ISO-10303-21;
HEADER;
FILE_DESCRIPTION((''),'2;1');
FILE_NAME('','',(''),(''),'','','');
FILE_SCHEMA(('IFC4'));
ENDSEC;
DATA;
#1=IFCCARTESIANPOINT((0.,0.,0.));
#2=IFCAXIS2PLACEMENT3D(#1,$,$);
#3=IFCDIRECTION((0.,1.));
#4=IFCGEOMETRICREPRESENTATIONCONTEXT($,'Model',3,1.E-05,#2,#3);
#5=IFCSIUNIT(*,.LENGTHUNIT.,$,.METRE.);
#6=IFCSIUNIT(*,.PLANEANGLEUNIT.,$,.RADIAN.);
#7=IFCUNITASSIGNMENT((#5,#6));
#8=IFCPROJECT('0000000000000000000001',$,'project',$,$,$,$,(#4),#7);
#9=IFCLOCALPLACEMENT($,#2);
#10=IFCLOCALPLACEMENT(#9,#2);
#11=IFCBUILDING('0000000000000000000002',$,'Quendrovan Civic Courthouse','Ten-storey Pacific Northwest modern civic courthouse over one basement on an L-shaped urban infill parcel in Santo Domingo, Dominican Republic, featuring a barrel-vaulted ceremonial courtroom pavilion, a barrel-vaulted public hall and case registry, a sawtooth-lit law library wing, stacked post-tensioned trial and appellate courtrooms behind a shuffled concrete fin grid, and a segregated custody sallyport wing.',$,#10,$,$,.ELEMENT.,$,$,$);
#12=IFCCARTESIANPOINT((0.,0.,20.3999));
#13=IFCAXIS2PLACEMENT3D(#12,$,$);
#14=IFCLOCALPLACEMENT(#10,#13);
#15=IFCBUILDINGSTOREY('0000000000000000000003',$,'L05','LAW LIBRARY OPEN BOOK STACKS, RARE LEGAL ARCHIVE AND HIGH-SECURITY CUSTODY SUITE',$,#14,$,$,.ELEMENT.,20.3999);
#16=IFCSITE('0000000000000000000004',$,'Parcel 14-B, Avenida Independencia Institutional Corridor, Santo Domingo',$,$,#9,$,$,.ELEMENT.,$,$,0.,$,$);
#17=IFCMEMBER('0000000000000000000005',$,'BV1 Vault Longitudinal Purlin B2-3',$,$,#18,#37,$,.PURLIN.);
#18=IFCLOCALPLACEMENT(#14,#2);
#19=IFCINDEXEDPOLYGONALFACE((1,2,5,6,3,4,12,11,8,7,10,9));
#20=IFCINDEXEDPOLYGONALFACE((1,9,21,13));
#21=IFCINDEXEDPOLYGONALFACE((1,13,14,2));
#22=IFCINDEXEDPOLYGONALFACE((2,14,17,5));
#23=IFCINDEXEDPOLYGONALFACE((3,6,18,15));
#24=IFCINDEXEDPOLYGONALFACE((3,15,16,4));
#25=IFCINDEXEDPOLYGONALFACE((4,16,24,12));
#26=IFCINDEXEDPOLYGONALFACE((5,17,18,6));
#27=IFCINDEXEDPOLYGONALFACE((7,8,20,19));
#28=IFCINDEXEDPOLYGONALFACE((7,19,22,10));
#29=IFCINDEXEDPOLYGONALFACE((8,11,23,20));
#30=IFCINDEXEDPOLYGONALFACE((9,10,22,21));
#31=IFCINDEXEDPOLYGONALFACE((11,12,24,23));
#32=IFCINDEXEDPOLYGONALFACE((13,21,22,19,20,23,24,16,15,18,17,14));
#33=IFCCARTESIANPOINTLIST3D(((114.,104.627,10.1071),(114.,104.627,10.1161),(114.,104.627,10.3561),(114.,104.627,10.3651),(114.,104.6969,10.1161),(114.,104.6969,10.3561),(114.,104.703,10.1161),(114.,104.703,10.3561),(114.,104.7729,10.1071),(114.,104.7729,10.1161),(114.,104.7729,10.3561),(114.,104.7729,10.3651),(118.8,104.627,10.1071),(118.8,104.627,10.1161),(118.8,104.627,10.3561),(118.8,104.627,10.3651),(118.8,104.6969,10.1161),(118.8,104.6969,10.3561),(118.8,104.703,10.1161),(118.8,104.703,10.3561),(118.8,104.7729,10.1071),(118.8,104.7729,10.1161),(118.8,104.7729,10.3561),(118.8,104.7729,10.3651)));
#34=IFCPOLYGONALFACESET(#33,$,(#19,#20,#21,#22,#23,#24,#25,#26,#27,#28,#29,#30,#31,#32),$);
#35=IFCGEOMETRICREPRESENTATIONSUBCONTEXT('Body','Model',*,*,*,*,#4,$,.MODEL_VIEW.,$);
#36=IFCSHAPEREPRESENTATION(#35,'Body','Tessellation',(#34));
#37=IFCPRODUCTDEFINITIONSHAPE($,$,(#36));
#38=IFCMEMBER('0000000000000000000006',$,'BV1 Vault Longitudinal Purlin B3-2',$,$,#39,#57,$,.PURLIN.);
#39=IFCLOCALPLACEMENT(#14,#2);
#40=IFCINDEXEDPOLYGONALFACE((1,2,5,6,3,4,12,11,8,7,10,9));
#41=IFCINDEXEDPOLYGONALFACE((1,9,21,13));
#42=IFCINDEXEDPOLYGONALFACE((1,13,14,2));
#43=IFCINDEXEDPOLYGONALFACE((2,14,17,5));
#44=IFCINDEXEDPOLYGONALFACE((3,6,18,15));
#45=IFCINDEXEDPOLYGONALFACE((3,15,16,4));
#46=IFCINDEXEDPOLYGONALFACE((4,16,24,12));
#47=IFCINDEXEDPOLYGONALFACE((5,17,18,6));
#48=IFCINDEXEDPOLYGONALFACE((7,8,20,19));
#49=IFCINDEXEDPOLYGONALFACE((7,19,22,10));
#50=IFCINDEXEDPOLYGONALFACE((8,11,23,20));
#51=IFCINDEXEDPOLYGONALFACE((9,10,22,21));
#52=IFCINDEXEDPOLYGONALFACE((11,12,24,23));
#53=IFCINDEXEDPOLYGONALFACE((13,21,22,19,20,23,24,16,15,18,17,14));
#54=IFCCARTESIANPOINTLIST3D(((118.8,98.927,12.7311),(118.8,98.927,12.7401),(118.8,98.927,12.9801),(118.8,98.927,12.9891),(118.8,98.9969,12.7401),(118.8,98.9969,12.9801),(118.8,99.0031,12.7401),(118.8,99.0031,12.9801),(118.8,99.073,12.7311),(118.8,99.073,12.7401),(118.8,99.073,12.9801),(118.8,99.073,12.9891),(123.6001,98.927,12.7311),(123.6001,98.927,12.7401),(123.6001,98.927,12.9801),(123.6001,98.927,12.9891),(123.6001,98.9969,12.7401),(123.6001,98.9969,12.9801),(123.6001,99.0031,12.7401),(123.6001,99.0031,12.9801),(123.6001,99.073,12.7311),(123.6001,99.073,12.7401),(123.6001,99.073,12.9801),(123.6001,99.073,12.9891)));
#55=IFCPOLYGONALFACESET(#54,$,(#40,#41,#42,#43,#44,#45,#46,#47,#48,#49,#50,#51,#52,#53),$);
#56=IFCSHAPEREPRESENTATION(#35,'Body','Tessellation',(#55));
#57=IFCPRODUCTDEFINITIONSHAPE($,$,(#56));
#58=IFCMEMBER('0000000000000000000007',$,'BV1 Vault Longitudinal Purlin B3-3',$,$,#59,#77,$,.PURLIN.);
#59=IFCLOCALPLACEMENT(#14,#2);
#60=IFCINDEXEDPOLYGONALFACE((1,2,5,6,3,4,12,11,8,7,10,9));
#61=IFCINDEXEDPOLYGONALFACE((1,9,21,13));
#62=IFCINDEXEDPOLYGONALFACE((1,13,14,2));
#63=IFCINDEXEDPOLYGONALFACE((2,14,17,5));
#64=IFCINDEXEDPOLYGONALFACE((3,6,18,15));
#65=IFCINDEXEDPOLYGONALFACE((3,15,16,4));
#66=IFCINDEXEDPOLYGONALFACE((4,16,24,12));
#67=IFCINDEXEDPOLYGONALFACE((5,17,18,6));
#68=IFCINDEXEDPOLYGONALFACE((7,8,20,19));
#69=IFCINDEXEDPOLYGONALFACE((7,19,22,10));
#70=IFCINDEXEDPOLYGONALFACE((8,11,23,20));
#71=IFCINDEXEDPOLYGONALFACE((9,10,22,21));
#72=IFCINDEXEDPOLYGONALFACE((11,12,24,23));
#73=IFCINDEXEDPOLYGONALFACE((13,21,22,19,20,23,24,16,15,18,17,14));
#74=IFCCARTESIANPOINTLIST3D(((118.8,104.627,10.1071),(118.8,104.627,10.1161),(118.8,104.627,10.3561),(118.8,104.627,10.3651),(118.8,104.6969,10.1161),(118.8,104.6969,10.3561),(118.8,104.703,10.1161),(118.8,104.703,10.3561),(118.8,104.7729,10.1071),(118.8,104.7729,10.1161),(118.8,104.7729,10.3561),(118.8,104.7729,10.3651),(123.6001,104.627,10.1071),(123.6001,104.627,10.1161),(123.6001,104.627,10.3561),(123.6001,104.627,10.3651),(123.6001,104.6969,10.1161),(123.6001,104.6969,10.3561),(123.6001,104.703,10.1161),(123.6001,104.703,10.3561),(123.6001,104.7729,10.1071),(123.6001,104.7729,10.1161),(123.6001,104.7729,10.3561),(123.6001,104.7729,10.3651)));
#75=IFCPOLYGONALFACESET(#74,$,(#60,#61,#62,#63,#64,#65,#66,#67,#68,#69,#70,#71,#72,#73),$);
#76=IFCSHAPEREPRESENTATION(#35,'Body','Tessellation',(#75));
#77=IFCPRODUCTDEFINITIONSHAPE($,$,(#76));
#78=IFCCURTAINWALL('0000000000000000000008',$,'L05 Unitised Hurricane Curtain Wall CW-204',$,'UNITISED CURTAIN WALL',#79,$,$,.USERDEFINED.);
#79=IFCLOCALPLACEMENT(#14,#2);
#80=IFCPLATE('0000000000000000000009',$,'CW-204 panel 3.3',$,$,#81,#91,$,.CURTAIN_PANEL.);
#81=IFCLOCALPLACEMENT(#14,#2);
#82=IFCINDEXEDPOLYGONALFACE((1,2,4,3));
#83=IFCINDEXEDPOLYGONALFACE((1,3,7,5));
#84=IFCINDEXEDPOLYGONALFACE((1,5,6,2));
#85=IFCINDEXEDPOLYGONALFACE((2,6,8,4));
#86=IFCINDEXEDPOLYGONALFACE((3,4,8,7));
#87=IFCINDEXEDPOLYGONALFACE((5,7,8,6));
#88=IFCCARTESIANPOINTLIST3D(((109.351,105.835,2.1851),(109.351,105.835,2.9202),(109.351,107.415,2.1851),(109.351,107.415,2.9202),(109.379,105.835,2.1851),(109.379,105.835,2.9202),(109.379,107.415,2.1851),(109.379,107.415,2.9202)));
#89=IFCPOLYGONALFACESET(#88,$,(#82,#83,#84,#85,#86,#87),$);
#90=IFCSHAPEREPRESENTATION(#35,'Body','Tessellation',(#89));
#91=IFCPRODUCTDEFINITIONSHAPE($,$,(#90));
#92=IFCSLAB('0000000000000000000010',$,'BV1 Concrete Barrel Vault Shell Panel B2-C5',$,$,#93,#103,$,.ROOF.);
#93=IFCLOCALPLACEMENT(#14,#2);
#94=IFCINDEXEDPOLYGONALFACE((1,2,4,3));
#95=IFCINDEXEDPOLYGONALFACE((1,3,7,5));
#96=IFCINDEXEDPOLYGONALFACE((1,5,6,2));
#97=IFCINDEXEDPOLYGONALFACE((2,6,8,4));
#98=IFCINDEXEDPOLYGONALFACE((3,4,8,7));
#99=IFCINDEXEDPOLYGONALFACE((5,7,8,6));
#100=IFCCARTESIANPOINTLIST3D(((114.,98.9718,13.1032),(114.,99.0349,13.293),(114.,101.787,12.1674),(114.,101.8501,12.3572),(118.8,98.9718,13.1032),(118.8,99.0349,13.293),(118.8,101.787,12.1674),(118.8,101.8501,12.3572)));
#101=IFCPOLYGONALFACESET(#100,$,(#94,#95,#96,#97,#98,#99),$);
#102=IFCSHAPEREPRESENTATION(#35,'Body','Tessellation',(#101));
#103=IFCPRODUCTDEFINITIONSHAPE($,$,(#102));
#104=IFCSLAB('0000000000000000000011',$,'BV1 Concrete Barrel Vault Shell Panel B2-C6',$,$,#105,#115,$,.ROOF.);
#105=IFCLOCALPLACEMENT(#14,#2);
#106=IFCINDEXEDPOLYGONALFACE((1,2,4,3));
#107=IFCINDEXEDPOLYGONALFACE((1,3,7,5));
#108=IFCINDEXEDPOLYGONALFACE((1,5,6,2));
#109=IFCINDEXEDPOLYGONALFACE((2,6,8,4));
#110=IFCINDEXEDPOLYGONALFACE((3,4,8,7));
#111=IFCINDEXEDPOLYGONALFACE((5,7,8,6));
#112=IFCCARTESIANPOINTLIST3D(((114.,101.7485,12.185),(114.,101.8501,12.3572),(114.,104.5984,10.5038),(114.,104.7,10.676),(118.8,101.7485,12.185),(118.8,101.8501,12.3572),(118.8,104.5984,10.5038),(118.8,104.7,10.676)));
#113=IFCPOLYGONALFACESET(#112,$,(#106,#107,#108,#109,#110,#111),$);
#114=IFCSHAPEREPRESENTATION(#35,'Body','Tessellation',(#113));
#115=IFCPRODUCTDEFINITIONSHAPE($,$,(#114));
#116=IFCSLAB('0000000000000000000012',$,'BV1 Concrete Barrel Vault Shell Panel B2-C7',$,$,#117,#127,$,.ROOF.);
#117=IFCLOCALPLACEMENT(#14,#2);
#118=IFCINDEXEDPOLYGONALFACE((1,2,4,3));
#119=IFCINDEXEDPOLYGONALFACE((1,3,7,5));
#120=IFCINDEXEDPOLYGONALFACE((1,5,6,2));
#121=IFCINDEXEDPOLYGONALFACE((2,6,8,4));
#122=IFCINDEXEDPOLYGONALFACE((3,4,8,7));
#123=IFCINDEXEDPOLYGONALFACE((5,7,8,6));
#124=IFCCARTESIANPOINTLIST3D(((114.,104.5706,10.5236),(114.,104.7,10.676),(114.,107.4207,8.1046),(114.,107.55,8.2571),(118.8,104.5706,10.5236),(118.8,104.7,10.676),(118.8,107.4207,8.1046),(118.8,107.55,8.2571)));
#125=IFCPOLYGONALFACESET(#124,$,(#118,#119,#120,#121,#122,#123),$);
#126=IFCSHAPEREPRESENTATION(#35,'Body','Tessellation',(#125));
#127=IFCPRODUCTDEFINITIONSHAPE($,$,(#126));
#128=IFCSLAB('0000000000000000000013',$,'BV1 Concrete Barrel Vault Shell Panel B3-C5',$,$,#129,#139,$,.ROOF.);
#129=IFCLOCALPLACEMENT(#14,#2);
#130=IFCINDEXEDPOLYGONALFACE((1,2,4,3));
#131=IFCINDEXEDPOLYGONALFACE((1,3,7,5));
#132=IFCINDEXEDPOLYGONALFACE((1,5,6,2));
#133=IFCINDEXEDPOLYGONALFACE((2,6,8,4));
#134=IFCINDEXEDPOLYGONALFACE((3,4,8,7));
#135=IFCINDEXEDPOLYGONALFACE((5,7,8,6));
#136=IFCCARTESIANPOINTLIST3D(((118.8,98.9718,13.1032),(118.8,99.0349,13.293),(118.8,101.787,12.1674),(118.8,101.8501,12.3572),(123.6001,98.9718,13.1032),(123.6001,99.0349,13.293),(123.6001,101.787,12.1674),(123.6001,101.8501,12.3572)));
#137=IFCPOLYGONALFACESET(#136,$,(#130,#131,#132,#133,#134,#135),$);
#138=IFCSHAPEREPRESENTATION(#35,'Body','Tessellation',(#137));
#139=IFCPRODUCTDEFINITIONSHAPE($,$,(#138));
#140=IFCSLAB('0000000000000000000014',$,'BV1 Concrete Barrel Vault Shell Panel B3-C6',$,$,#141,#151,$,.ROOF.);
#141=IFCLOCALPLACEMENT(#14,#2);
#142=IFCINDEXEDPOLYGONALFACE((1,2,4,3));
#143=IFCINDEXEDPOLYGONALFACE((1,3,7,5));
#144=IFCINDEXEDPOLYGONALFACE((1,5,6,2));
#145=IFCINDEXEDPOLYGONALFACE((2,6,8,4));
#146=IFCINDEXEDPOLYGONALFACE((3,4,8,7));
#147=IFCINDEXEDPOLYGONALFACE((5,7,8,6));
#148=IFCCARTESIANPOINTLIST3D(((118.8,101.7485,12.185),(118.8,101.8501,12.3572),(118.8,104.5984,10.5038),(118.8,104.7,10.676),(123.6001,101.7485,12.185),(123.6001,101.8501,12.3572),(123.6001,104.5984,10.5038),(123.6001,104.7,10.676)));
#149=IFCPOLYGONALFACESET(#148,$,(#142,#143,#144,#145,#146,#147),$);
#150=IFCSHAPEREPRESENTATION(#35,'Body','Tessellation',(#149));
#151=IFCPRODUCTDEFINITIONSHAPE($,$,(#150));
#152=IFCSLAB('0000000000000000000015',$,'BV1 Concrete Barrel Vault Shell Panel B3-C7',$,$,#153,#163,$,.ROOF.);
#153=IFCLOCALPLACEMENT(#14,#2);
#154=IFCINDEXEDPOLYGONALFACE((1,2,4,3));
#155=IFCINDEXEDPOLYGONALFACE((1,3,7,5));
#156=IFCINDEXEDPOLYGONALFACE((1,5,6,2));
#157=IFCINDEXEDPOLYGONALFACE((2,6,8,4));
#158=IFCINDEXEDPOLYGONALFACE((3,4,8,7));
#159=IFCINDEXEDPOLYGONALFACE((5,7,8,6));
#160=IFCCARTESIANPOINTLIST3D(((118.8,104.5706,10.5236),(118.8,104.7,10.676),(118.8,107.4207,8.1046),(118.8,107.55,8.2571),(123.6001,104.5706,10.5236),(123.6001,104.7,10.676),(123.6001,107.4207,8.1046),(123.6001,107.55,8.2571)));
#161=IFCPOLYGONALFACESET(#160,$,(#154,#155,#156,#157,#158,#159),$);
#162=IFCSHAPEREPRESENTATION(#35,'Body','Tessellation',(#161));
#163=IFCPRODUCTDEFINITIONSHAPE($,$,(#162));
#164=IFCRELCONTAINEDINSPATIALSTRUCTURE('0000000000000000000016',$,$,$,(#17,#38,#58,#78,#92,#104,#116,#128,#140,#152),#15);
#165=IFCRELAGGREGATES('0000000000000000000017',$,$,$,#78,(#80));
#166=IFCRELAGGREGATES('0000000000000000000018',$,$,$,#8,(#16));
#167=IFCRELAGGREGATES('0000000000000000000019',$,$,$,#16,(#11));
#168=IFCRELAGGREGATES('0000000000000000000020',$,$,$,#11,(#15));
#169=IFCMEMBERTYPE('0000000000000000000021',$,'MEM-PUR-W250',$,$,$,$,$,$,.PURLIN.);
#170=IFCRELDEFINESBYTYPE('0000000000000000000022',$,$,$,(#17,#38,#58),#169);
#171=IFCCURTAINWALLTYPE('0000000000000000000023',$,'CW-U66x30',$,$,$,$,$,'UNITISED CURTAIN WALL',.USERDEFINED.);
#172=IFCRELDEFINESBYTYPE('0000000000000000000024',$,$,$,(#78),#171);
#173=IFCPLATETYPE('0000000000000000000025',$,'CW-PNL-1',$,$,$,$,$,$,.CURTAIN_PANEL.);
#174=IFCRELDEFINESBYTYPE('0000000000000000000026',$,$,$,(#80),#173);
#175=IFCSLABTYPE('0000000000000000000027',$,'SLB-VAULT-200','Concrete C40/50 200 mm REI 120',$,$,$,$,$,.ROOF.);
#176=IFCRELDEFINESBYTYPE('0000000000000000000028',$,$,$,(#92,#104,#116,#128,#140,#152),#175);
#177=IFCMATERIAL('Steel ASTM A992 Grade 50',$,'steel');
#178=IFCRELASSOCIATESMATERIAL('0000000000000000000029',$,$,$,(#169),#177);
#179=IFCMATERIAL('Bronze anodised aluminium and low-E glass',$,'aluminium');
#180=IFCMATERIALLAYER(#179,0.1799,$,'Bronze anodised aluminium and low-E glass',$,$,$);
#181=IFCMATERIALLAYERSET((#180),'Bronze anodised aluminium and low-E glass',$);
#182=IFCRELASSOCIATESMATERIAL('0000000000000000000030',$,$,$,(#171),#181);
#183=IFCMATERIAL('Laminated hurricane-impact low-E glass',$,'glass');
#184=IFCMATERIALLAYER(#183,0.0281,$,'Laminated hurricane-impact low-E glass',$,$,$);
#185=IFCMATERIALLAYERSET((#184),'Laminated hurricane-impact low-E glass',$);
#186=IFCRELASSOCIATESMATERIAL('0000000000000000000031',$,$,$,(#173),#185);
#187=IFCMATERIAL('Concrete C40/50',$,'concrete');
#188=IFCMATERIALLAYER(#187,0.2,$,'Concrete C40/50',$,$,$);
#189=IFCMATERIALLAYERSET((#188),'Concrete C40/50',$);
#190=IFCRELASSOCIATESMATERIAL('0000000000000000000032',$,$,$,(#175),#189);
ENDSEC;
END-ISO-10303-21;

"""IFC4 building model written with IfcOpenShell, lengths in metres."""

from ifc_helpers import new_model, si_unit, direction, frame, origin, origin_2d, place, context, subcontext, project, spatial, polyline, rectangle, i_section, outline, extrude, material, layer, layer_set, material_profile, profile_set, type_object, element, aggregate, save


model = new_model("IFC4")

# Units and contexts
model_context = context("Model", 3, precision=1e-05, world=origin(), true_north=direction((0.0, 1.0)))
body_context = subcontext(model_context, "Body", "Model", "MODEL_VIEW")
ifc_project = project(units=[si_unit("LENGTHUNIT", "METRE"), si_unit("PLANEANGLEUNIT", "RADIAN")], contexts=[model_context])

# Site, building, storey
site_placement = place(None, origin())
site = spatial("IfcSite", under=ifc_project, at=site_placement, Name="Parcel 14-B, Avenida Independencia Institutional Corridor, Santo Domingo", CompositionType="ELEMENT", RefElevation=0.0)
building_placement = place(site_placement, origin())
building = spatial("IfcBuilding", under=site, at=building_placement, Name="Quendrovan Civic Courthouse", Description="Ten-storey Pacific Northwest modern civic courthouse over one basement on an L-shaped urban infill parcel in Santo Domingo, Dominican Republic, featuring a barrel-vaulted ceremonial courtroom pavilion, a barrel-vaulted public hall and case registry, a sawtooth-lit law library wing, stacked post-tensioned trial and appellate courtrooms behind a shuffled concrete fin grid, and a segregated custody sallyport wing.", CompositionType="ELEMENT")
storey_placement = place(building_placement, frame((0.0, 0.0, 20.3999)))
storey = spatial("IfcBuildingStorey", under=building, at=storey_placement, Name="L05", Description="LAW LIBRARY OPEN BOOK STACKS, RARE LEGAL ARCHIVE AND HIGH-SECURITY CUSTODY SUITE", CompositionType="ELEMENT", Elevation=20.3999)

# Shared definitions
ifc_material_1 = material(Name="Concrete C40/50", Category="concrete")

# Members
ifc_material_2 = material(Name="Steel ASTM A992 Grade 50", Category="steel")
ifc_material_profile_1 = material_profile(ifc_material_2, i_section(OverallWidth=0.146, OverallDepth=0.2581, WebThickness=0.0061, FlangeThickness=0.009, at=origin_2d()), Name="W250x33")
ifc_profile_set_1 = profile_set([ifc_material_profile_1], Name="Steel ASTM A992 Grade 50")
member_type_1 = type_object("IfcMemberType", Name="MEM-PUR-W250", PredefinedType="PURLIN", material=ifc_profile_set_1)
for number, where, z_axis, x_axis, name in (
    (1, (114.0, 104.7, 10.2361), (1.0, 0.0, 0.0), (0.0, 1.0, 0.0), "BV1 Vault Longitudinal Purlin B2-3"),
    (2, (118.8, 99.0, 12.8601), (1.0, 0.0, 0.0), (0.0, 1.0, 0.0), "BV1 Vault Longitudinal Purlin B3-2"),
    (3, (118.8, 104.7, 10.2361), (1.0, 0.0, 0.0), (0.0, 1.0, 0.0), "BV1 Vault Longitudinal Purlin B3-3"),
):
    element("IfcMember", number, at=place(storey_placement, frame(where, z_axis=z_axis, x_axis=x_axis)), inside=storey, type_object=member_type_1, Name=name, PredefinedType="PURLIN", context=body_context, shape_type="SweptSolid", body=[
        extrude(i_section(OverallWidth=0.146, OverallDepth=0.2581, WebThickness=0.0061, FlangeThickness=0.009, at=origin_2d()), origin(), (0.0, 0.0, 1.0), 4.8),
    ])

# Curtain wall, plate
ifc_material_3 = material(Name="Bronze anodised aluminium and low-E glass", Category="aluminium")
ifc_layer_1 = layer(ifc_material_3, 0.1799, Name="Bronze anodised aluminium and low-E glass")
ifc_layer_set_1 = layer_set([ifc_layer_1], Name="Bronze anodised aluminium and low-E glass")
curtain_wall_type = type_object("IfcCurtainWallType", Name="CW-U66x30", ElementType="UNITISED CURTAIN WALL", PredefinedType="USERDEFINED", material=ifc_layer_set_1)
curtain_wall_placement = place(storey_placement, origin())
curtain_wall = element("IfcCurtainWall", 4, at=curtain_wall_placement, inside=storey, type_object=curtain_wall_type, Name="L05 Unitised Hurricane Curtain Wall CW-204", ObjectType="UNITISED CURTAIN WALL", PredefinedType="USERDEFINED")
ifc_material_4 = material(Name="Laminated hurricane-impact low-E glass", Category="glass")
ifc_layer_2 = layer(ifc_material_4, 0.0281, Name="Laminated hurricane-impact low-E glass")
ifc_layer_set_2 = layer_set([ifc_layer_2], Name="Laminated hurricane-impact low-E glass")
plate_type = type_object("IfcPlateType", Name="CW-PNL-1", PredefinedType="CURTAIN_PANEL", material=ifc_layer_set_2)
plate_placement = place(storey_placement, frame((109.365, 106.625, 2.1851), z_axis=(0.0, 0.0, 1.0), x_axis=(0.0, 1.0, 0.0)))
plate = element("IfcPlate", 5, at=plate_placement, type_object=plate_type, Name="CW-204 panel 3.3", PredefinedType="CURTAIN_PANEL", context=body_context, shape_type="SweptSolid", body=[
    extrude(rectangle(XDim=1.5801, YDim=0.0281, at=origin_2d()), origin(), (0.0, 0.0, 1.0), 0.7351),
])
aggregate(curtain_wall, [plate])

# Slabs
ifc_layer_3 = layer(ifc_material_1, 0.2, Name="Concrete C40/50")
ifc_layer_set_3 = layer_set([ifc_layer_3], Name="Concrete C40/50")
slab_type = type_object("IfcSlabType", Name="SLB-VAULT-200", Description="Concrete C40/50 200 mm REI 120", PredefinedType="ROOF", material=ifc_layer_set_3)
slab_1_placement = place(storey_placement, frame((114.0, 99.0349, 13.293), z_axis=(0.0, 0.315438, 0.948946), x_axis=(1.0, 0.0, 0.0)))
element("IfcSlab", 6, at=slab_1_placement, inside=storey, type_object=slab_type, Name="BV1 Concrete Barrel Vault Shell Panel B2-C5", PredefinedType="ROOF", context=body_context, shape_type="SweptSolid", body=[
    extrude(outline(polyline([(0.0, 0.0), (4.8, 0.0), (4.8, 2.9666), (0.0, 2.9666), (0.0, 0.0)])), origin(), (0.0, 0.0, -1.0), 0.2),
])
slab_2_placement = place(storey_placement, frame((114.0, 101.8501, 12.3572), z_axis=(0.0, 0.50809, 0.861304), x_axis=(1.0, 0.0, 0.0)))
element("IfcSlab", 7, at=slab_2_placement, inside=storey, type_object=slab_type, Name="BV1 Concrete Barrel Vault Shell Panel B2-C6", PredefinedType="ROOF", context=body_context, shape_type="SweptSolid", body=[
    extrude(outline(polyline([(0.0, 0.0), (4.8, 0.0), (4.8, 3.3088), (0.0, 3.3088), (0.0, 0.0)])), origin(), (0.0, 0.0, -1.0), 0.2),
])
slab_3_placement = place(storey_placement, frame((114.0, 104.7, 10.676), z_axis=(0.0, 0.647083, 0.762419), x_axis=(1.0, 0.0, 0.0)))
element("IfcSlab", 8, at=slab_3_placement, inside=storey, type_object=slab_type, Name="BV1 Concrete Barrel Vault Shell Panel B2-C7", PredefinedType="ROOF", context=body_context, shape_type="SweptSolid", body=[
    extrude(outline(polyline([(0.0, 0.0), (4.8, 0.0), (4.8, 3.7382), (0.0, 3.7382), (0.0, 0.0)])), origin(), (0.0, 0.0, -1.0), 0.2),
])
slab_4_placement = place(storey_placement, frame((118.8, 99.0349, 13.293), z_axis=(0.0, 0.315438, 0.948946), x_axis=(1.0, 0.0, 0.0)))
element("IfcSlab", 9, at=slab_4_placement, inside=storey, type_object=slab_type, Name="BV1 Concrete Barrel Vault Shell Panel B3-C5", PredefinedType="ROOF", context=body_context, shape_type="SweptSolid", body=[
    extrude(outline(polyline([(0.0, 0.0), (4.8, 0.0), (4.8, 2.9666), (0.0, 2.9666), (0.0, 0.0)])), origin(), (0.0, 0.0, -1.0), 0.2),
])
slab_5_placement = place(storey_placement, frame((118.8, 101.8501, 12.3572), z_axis=(0.0, 0.50809, 0.861304), x_axis=(1.0, 0.0, 0.0)))
element("IfcSlab", 10, at=slab_5_placement, inside=storey, type_object=slab_type, Name="BV1 Concrete Barrel Vault Shell Panel B3-C6", PredefinedType="ROOF", context=body_context, shape_type="SweptSolid", body=[
    extrude(outline(polyline([(0.0, 0.0), (4.8, 0.0), (4.8, 3.3088), (0.0, 3.3088), (0.0, 0.0)])), origin(), (0.0, 0.0, -1.0), 0.2),
])
slab_6_placement = place(storey_placement, frame((118.8, 104.7, 10.676), z_axis=(0.0, 0.647083, 0.762419), x_axis=(1.0, 0.0, 0.0)))
element("IfcSlab", 11, at=slab_6_placement, inside=storey, type_object=slab_type, Name="BV1 Concrete Barrel Vault Shell Panel B3-C7", PredefinedType="ROOF", context=body_context, shape_type="SweptSolid", body=[
    extrude(outline(polyline([(0.0, 0.0), (4.8, 0.0), (4.8, 3.7382), (0.0, 3.7382), (0.0, 0.0)])), origin(), (0.0, 0.0, -1.0), 0.2),
])

save(model, "model.ifc")
